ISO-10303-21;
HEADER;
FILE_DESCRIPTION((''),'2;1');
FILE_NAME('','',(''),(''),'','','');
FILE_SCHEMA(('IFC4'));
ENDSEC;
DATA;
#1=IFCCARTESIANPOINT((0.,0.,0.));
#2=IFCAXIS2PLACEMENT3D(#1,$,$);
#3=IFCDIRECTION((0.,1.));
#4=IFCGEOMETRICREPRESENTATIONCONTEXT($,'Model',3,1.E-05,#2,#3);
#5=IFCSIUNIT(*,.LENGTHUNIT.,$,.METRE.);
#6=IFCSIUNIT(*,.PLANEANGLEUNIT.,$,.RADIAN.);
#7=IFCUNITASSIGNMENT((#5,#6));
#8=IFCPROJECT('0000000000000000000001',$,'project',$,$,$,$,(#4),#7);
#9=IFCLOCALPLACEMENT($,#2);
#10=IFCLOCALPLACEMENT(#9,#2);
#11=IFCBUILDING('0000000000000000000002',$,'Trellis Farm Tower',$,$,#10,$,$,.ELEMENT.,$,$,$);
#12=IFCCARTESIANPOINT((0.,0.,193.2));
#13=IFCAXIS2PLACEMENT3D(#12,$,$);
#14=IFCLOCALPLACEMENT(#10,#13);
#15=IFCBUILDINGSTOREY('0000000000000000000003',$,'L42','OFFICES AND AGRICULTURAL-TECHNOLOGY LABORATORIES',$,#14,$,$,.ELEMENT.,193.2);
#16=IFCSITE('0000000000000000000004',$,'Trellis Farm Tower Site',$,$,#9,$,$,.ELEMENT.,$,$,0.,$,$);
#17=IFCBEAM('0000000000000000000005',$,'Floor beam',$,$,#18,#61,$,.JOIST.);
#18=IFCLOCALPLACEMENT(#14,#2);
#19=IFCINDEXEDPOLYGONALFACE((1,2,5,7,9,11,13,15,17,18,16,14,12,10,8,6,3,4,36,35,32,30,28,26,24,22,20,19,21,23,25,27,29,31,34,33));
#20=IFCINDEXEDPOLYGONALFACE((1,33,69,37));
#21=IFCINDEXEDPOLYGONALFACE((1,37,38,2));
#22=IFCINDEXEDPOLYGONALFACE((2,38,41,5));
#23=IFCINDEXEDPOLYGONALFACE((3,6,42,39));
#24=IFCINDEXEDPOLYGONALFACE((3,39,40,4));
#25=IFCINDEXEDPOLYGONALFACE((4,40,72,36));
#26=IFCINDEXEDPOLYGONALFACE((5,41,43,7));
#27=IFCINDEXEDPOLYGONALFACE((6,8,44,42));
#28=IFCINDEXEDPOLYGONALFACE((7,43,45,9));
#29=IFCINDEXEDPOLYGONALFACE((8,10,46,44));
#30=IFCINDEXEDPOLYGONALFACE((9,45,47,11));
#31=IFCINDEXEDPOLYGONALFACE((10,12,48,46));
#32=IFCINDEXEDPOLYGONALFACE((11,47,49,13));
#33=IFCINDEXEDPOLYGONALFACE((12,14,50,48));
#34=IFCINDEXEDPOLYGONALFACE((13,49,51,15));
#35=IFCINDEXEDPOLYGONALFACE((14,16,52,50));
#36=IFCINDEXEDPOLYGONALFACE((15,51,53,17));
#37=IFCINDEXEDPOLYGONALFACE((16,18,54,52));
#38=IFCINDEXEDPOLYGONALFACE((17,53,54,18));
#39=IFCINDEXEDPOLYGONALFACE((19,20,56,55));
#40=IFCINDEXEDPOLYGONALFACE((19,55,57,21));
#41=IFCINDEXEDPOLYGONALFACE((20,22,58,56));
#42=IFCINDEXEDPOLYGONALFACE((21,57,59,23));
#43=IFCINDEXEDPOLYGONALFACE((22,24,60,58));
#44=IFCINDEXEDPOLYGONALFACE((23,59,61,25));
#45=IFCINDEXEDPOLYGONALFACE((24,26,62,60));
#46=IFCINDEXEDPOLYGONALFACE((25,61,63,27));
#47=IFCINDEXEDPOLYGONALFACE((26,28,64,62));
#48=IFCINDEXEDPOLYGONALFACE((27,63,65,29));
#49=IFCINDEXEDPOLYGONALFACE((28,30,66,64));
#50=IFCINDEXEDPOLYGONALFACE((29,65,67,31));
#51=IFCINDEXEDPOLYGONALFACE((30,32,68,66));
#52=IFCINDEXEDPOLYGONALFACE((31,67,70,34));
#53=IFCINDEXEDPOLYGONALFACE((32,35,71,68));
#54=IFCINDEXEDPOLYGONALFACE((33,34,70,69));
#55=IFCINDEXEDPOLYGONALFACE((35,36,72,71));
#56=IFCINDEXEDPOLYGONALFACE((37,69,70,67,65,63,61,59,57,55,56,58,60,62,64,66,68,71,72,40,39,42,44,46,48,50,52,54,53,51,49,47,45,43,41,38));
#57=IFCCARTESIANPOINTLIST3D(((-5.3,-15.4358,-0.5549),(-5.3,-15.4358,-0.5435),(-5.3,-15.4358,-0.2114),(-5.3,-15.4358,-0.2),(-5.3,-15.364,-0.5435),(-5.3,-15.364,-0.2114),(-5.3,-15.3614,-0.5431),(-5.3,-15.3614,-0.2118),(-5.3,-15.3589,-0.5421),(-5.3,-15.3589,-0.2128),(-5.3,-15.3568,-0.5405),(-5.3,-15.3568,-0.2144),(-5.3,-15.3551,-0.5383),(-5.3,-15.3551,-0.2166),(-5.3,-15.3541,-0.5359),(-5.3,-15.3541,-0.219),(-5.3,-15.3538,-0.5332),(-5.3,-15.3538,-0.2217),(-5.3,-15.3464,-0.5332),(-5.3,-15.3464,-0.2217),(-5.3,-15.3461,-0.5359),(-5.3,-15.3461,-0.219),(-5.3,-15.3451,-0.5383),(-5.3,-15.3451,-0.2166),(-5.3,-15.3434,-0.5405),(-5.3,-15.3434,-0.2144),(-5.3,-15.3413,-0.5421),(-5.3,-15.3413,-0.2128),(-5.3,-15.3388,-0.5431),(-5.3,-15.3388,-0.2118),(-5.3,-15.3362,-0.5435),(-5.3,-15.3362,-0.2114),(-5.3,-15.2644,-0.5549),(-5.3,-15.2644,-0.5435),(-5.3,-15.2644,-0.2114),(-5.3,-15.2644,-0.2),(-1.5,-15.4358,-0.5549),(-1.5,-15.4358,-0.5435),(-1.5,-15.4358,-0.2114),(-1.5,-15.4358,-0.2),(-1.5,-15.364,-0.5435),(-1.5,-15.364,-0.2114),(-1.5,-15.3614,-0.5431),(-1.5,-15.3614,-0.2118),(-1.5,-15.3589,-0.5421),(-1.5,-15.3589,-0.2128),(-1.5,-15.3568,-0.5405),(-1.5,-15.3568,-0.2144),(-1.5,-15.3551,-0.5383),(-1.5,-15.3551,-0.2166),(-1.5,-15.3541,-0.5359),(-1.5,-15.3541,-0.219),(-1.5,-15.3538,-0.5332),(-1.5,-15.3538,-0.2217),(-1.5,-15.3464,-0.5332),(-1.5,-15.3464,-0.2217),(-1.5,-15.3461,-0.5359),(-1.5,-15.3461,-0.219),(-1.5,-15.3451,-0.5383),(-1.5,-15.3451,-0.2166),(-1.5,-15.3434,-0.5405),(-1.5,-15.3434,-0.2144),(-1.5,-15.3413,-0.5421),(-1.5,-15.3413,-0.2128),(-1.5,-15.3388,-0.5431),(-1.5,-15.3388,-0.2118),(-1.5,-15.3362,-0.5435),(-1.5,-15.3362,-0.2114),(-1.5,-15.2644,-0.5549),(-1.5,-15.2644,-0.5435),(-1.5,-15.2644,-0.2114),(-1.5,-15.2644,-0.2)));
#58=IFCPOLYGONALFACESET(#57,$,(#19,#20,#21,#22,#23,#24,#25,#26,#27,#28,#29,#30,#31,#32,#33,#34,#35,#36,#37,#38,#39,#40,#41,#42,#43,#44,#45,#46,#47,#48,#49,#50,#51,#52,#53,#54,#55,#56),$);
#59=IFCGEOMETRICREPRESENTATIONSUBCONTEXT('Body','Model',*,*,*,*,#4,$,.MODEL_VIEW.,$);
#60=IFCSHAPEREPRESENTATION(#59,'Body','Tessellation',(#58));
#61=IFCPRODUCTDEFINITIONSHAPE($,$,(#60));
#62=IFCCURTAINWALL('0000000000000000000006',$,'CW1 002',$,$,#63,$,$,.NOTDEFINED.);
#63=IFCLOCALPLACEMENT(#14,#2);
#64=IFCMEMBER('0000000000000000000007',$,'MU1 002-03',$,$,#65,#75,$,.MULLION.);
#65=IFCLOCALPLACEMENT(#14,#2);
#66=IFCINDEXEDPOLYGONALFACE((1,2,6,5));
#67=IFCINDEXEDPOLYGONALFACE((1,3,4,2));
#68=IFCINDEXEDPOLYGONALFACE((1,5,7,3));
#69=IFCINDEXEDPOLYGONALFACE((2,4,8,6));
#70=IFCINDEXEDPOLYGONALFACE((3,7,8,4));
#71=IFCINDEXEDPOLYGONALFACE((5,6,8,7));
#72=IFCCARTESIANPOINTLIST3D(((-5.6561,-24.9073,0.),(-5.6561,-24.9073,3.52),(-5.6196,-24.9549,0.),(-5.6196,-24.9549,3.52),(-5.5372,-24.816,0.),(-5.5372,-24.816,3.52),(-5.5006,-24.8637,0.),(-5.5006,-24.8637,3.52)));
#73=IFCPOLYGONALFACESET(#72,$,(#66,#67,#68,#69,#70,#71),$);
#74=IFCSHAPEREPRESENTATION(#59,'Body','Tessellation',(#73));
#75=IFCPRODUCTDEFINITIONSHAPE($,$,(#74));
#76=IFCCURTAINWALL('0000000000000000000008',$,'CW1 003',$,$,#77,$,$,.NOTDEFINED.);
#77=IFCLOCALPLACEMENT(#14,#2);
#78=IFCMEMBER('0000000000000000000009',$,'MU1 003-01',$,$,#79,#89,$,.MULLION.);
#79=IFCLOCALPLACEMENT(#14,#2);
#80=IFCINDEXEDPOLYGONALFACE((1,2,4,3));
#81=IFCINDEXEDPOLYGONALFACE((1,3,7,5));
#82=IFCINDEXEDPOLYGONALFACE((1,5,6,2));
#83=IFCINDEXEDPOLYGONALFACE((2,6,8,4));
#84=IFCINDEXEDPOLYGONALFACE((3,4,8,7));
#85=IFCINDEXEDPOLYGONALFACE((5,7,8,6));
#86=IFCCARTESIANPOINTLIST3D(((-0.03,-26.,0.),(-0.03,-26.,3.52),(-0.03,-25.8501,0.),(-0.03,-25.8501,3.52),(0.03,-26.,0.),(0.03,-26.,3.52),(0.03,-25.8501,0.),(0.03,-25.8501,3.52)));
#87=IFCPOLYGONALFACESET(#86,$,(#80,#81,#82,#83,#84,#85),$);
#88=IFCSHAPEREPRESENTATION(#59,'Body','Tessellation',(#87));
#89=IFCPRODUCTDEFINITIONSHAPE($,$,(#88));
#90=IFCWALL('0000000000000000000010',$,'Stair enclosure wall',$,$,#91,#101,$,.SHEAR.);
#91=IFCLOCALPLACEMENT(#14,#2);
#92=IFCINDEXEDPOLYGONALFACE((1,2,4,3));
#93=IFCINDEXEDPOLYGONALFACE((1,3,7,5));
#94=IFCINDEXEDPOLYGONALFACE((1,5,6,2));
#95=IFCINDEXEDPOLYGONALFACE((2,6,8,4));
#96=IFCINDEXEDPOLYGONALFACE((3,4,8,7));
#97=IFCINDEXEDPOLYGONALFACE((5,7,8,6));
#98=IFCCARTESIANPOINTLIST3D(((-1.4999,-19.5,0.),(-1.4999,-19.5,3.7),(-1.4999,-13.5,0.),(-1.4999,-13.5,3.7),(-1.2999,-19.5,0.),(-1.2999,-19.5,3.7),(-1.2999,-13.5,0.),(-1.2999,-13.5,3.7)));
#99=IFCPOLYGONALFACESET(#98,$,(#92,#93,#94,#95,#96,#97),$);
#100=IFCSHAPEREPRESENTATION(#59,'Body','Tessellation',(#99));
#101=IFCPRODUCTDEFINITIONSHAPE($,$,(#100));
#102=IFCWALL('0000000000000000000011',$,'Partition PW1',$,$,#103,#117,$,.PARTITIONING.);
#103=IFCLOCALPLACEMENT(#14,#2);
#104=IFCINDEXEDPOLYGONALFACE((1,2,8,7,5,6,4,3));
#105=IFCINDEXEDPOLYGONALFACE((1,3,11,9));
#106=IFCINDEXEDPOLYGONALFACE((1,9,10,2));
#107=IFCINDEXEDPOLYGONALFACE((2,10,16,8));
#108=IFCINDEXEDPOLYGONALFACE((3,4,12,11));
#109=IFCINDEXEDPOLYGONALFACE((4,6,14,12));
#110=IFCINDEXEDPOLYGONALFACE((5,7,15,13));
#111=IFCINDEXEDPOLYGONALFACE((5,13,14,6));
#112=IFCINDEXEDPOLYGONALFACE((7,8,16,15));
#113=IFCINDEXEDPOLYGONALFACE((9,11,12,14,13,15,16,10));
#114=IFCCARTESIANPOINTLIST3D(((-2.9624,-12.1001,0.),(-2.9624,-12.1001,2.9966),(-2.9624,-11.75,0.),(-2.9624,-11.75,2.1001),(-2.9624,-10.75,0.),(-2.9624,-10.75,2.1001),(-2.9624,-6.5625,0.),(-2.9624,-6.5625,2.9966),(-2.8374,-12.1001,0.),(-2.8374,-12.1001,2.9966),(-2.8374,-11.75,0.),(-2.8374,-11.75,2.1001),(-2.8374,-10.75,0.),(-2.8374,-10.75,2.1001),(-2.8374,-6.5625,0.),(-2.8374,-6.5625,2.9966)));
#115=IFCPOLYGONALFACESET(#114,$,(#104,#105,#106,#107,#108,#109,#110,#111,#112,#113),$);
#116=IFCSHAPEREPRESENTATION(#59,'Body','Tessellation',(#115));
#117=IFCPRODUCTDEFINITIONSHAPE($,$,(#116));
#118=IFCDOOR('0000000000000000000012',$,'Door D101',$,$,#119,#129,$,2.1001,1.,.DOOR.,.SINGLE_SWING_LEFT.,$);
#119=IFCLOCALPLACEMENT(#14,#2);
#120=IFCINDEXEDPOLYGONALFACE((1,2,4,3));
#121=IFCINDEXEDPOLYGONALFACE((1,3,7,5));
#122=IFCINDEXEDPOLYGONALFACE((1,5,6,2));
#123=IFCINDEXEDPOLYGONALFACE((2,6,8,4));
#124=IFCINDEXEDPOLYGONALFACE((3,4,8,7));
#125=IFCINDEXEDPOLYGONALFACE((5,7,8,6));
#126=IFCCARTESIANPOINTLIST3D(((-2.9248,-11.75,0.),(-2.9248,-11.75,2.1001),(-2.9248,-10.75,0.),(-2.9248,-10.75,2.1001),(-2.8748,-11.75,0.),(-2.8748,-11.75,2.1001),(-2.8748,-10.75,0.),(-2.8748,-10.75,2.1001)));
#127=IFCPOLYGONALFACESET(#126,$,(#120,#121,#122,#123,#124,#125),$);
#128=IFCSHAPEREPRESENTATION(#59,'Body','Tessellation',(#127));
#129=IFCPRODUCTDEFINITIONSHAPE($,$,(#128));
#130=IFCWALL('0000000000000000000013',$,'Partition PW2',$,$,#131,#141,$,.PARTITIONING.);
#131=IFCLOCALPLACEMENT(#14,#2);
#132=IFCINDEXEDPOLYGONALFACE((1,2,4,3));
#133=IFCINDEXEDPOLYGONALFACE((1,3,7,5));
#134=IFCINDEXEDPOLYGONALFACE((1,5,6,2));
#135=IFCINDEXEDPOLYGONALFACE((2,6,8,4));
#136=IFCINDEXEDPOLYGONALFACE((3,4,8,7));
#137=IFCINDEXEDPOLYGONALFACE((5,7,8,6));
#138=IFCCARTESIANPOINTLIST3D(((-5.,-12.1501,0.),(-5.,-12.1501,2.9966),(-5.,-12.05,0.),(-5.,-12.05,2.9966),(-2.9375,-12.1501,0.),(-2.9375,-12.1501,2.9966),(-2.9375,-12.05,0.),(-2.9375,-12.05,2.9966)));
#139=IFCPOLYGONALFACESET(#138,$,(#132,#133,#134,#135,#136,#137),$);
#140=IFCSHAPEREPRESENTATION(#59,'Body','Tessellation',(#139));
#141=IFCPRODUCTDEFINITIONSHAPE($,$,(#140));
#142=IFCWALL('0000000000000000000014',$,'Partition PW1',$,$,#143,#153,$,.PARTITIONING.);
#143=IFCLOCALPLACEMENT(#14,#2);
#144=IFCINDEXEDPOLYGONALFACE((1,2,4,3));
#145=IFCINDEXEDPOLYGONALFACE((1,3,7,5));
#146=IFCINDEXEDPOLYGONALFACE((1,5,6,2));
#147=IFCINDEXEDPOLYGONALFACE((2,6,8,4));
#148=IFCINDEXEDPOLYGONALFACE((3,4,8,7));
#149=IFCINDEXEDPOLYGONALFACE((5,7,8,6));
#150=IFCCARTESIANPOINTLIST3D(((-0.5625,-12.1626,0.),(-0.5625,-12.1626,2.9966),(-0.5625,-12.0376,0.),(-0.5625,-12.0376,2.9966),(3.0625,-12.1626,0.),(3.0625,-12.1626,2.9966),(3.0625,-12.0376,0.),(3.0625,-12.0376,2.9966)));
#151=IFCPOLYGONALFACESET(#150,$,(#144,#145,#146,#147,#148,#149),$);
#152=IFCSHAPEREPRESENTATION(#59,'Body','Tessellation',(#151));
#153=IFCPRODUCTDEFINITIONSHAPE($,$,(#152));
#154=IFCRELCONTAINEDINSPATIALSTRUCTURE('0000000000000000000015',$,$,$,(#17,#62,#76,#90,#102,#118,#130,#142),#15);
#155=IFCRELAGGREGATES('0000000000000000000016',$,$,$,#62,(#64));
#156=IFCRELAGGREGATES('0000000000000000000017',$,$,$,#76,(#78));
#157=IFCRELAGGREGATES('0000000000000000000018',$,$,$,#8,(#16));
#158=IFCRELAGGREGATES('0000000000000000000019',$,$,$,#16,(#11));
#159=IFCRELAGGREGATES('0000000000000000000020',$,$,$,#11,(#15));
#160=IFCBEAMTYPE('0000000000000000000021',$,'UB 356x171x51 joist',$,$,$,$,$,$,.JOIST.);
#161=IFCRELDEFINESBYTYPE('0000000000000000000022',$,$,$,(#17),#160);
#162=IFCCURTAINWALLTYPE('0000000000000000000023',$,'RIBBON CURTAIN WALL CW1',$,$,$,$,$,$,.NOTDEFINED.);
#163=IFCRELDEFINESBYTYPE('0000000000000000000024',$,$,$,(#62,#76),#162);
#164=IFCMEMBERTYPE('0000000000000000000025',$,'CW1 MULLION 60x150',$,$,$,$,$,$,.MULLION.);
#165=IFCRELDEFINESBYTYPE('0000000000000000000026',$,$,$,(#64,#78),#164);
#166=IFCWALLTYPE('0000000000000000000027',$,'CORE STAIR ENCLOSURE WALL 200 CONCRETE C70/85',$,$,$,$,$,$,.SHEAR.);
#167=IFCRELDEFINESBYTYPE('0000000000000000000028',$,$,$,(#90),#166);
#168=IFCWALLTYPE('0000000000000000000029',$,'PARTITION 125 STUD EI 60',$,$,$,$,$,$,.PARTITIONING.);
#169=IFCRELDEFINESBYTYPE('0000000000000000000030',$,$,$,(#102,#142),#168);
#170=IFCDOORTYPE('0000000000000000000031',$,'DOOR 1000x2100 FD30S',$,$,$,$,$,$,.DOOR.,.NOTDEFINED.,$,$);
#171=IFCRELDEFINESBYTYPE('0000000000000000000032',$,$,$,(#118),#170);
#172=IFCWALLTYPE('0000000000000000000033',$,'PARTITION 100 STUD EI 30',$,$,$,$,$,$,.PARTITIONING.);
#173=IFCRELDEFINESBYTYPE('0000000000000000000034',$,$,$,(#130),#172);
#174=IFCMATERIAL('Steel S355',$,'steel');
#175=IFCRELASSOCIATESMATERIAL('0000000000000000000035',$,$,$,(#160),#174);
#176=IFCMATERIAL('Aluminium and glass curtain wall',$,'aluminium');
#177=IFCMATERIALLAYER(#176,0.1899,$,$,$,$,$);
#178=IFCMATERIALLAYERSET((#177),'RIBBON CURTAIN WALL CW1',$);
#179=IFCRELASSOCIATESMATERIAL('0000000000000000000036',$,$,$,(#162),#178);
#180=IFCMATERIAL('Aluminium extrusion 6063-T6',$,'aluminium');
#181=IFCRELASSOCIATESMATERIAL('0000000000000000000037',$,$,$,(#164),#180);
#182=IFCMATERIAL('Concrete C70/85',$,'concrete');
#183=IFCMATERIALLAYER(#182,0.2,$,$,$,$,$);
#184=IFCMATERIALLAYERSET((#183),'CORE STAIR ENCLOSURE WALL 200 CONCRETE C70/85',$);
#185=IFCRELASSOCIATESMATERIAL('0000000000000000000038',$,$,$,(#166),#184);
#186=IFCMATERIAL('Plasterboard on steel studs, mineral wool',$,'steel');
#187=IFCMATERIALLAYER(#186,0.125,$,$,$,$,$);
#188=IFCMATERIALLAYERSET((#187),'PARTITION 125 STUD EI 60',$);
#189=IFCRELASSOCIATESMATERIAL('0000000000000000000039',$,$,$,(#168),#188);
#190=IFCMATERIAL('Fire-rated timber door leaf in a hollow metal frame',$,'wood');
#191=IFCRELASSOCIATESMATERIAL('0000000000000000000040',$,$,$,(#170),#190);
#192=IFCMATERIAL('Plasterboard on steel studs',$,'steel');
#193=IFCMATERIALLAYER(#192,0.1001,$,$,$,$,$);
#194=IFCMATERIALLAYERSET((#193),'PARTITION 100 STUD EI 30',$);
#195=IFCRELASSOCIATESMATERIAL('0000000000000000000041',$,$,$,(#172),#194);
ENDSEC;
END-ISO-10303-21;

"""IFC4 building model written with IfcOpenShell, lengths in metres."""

from ifc_helpers import new_model, si_unit, direction, frame, frame_2d, origin, origin_2d, place, context, subcontext, project, spatial, rectangle, i_section, extrude, source, transform, mapped, material, layer, layer_set, material_profile, profile_set, type_object, element, fill, aggregate, save


model = new_model("IFC4")

# Units and contexts
model_context = context("Model", 3, precision=1e-05, world=origin(), true_north=direction((0.0, 1.0)))
body_context = subcontext(model_context, "Body", "Model", "MODEL_VIEW")
ifc_project = project(units=[si_unit("LENGTHUNIT", "METRE"), si_unit("PLANEANGLEUNIT", "RADIAN")], contexts=[model_context])

# Site, building, storey
site_placement = place(None, origin())
site = spatial("IfcSite", under=ifc_project, at=site_placement, Name="Trellis Farm Tower Site", CompositionType="ELEMENT", RefElevation=0.0)
building_placement = place(site_placement, origin())
building = spatial("IfcBuilding", under=site, at=building_placement, Name="Trellis Farm Tower", CompositionType="ELEMENT")
storey_placement = place(building_placement, frame((0.0, 0.0, 193.2)))
storey = spatial("IfcBuildingStorey", under=building, at=storey_placement, Name="L42", Description="OFFICES AND AGRICULTURAL-TECHNOLOGY LABORATORIES", CompositionType="ELEMENT", Elevation=193.2)

# Shared definitions
ifc_material_1 = material(Name="Concrete C70/85", Category="concrete")

# Beam
ifc_material_2 = material(Name="Steel S355", Category="steel")
ifc_material_profile_1 = material_profile(ifc_material_2, i_section(OverallWidth=0.1714, OverallDepth=0.355, WebThickness=0.0073, FlangeThickness=0.0115, FilletRadius=0.0103, at=origin_2d()), Name="UB 356x171x51")
ifc_profile_set_1 = profile_set([ifc_material_profile_1], Name="Steel S355")
beam_type_1 = type_object("IfcBeamType", Name="UB 356x171x51 joist", PredefinedType="JOIST", material=ifc_profile_set_1)
shared_shape_1 = source(origin(), body_context, "Body", "SweptSolid", [
    extrude(i_section(OverallWidth=0.1714, OverallDepth=0.355, WebThickness=0.0073, FlangeThickness=0.0115, FilletRadius=0.0103, at=origin_2d()), origin(), (0.0, 0.0, 1.0), 3.8),
])
beam_1_placement = place(storey_placement, frame((-5.3, -15.3501, -0.3774), z_axis=(1.0, 0.0, 0.0), x_axis=(0.0, 1.0, 0.0)))
element("IfcBeam", 1, at=beam_1_placement, inside=storey, type_object=beam_type_1, Name="Floor beam", PredefinedType="JOIST", context=body_context, shape_type="MappedRepresentation", body=[
    mapped(shared_shape_1, transform((0.0, 0.0, 0.0))),
])

# Curtain walls, members
ifc_material_3 = material(Name="Aluminium and glass curtain wall", Category="aluminium")
ifc_layer_1 = layer(ifc_material_3, 0.1899)
ifc_layer_set_1 = layer_set([ifc_layer_1], Name="RIBBON CURTAIN WALL CW1")
curtain_wall_type = type_object("IfcCurtainWallType", Name="RIBBON CURTAIN WALL CW1", PredefinedType="NOTDEFINED", material=ifc_layer_set_1)
placement = place(storey_placement, origin())
curtain_wall_1 = element("IfcCurtainWall", 2, at=placement, inside=storey, type_object=curtain_wall_type, Name="CW1 002", PredefinedType="NOTDEFINED")
ifc_material_4 = material(Name="Aluminium extrusion 6063-T6", Category="aluminium")
ifc_material_profile_2 = material_profile(ifc_material_4, rectangle(XDim=0.0601, YDim=0.1499, at=origin_2d()), Name="MULLION 60x150")
ifc_profile_set_2 = profile_set([ifc_material_profile_2], Name="Aluminium extrusion 6063-T6")
member_type = type_object("IfcMemberType", Name="CW1 MULLION 60x150", PredefinedType="MULLION", material=ifc_profile_set_2)
shared_shape_2 = source(origin(), body_context, "Body", "SweptSolid", [
    extrude(rectangle(XDim=0.0601, YDim=0.1499, at=origin_2d()), origin(), (0.0, 0.0, 1.0), 3.52),
])
member_1_placement = place(storey_placement, frame((-5.5784, -24.8855, 0.0), z_axis=(0.0, 0.0, 1.0), x_axis=(0.608761, -0.793353, 0.0)))
member_1 = element("IfcMember", 3, at=member_1_placement, type_object=member_type, Name="MU1 002-03", PredefinedType="MULLION", context=body_context, shape_type="MappedRepresentation", body=[
    mapped(shared_shape_2, transform((0.0, 0.0, 0.0))),
])
aggregate(curtain_wall_1, [member_1])
curtain_wall_2 = element("IfcCurtainWall", 4, at=placement, inside=storey, type_object=curtain_wall_type, Name="CW1 003", PredefinedType="NOTDEFINED")
member_2_placement = place(storey_placement, frame((0.0, -25.925, 0.0), z_axis=(0.0, 0.0, 1.0), x_axis=(1.0, 0.0, 0.0)))
member_2 = element("IfcMember", 5, at=member_2_placement, type_object=member_type, Name="MU1 003-01", PredefinedType="MULLION", context=body_context, shape_type="MappedRepresentation", body=[
    mapped(shared_shape_2, transform((0.0, 0.0, 0.0))),
])
aggregate(curtain_wall_2, [member_2])

# Wall
ifc_layer_2 = layer(ifc_material_1, 0.2)
ifc_layer_set_2 = layer_set([ifc_layer_2], Name="CORE STAIR ENCLOSURE WALL 200 CONCRETE C70/85")
wall_type_1 = type_object("IfcWallType", Name="CORE STAIR ENCLOSURE WALL 200 CONCRETE C70/85", PredefinedType="SHEAR", material=ifc_layer_set_2)
shared_shape_3 = source(origin(), body_context, "Body", "SweptSolid", [
    extrude(rectangle(XDim=6.0, YDim=0.2, at=frame_2d((3.0, 0.0))), origin(), (0.0, 0.0, 1.0), 3.7),
])
wall_1_placement = place(storey_placement, frame((-1.3999, -13.5, 0.0), z_axis=(0.0, 0.0, 1.0), x_axis=(0.0, -1.0, 0.0)))
element("IfcWall", 6, at=wall_1_placement, inside=storey, type_object=wall_type_1, Name="Stair enclosure wall", PredefinedType="SHEAR", context=body_context, shape_type="MappedRepresentation", body=[
    mapped(shared_shape_3, transform((0.0, 0.0, 0.0))),
])

# Wall, opening, door
ifc_material_5 = material(Name="Plasterboard on steel studs, mineral wool", Category="steel")
ifc_layer_3 = layer(ifc_material_5, 0.125)
ifc_layer_set_3 = layer_set([ifc_layer_3], Name="PARTITION 125 STUD EI 60")
wall_type_2 = type_object("IfcWallType", Name="PARTITION 125 STUD EI 60", PredefinedType="PARTITIONING", material=ifc_layer_set_3)
shared_shape_4 = source(origin(), body_context, "Body", "SweptSolid", [
    extrude(rectangle(XDim=5.5376, YDim=0.125, at=frame_2d((2.7688, 0.0))), origin(), (0.0, 0.0, 1.0), 2.9966),
])
wall_2_placement = place(storey_placement, frame((-2.8999, -12.1001, 0.0), z_axis=(0.0, 0.0, 1.0), x_axis=(0.0, 1.0, 0.0)))
wall_2 = element("IfcWall", 7, at=wall_2_placement, inside=storey, type_object=wall_type_2, Name="Partition PW1", PredefinedType="PARTITIONING", context=body_context, shape_type="MappedRepresentation", body=[
    mapped(shared_shape_4, transform((0.0, 0.0, 0.0))),
])
shared_shape_5 = source(origin(), body_context, "Body", "SweptSolid", [
    extrude(rectangle(XDim=1.0, YDim=2.1001, at=frame_2d((0.5, 1.05))), frame((0.0, 0.0725, 0.0), z_axis=(0.0, -1.0, 0.0), x_axis=(1.0, 0.0, 0.0)), (0.0, 0.0, 1.0), 0.145),
])
opening_1_placement = place(wall_2_placement, frame((0.3501, 0.0, 0.0)))
opening_1 = element("IfcOpeningElement", 8, at=opening_1_placement, cuts=wall_2, PredefinedType="OPENING", context=body_context, shape_type="MappedRepresentation", body=[
    mapped(shared_shape_5, transform((0.0, 0.0, 0.0))),
])
ifc_material_6 = material(Name="Fire-rated timber door leaf in a hollow metal frame", Category="wood")
door_type_1 = type_object("IfcDoorType", Name="DOOR 1000x2100 FD30S", OperationType="NOTDEFINED", PredefinedType="DOOR", material=ifc_material_6)
shared_shape_6 = source(origin(), body_context, "Body", "SweptSolid", [
    extrude(rectangle(XDim=1.0, YDim=2.1001, at=frame_2d((0.5, 1.05))), frame((0.0, 0.0249, 0.0), z_axis=(0.0, -1.0, 0.0), x_axis=(1.0, 0.0, 0.0)), (0.0, 0.0, 1.0), 0.05),
])
door_1_placement = place(opening_1_placement, origin())
door_1 = element("IfcDoor", 9, at=door_1_placement, inside=storey, type_object=door_type_1, Name="Door D101", OperationType="SINGLE_SWING_LEFT", OverallHeight=2.1001, OverallWidth=1.0, PredefinedType="DOOR", context=body_context, shape_type="MappedRepresentation", body=[
    mapped(shared_shape_6, transform((0.0, 0.0, 0.0))),
])
fill(opening_1, door_1)

# Walls
ifc_material_7 = material(Name="Plasterboard on steel studs", Category="steel")
ifc_layer_4 = layer(ifc_material_7, 0.1001)
ifc_layer_set_4 = layer_set([ifc_layer_4], Name="PARTITION 100 STUD EI 30")
wall_type_3 = type_object("IfcWallType", Name="PARTITION 100 STUD EI 30", PredefinedType="PARTITIONING", material=ifc_layer_set_4)
shared_shape_7 = source(origin(), body_context, "Body", "SweptSolid", [
    extrude(rectangle(XDim=2.0625, YDim=0.1001, at=frame_2d((1.0312, 0.0))), origin(), (0.0, 0.0, 1.0), 2.9966),
])
wall_3_placement = place(storey_placement, frame((-5.0, -12.1001, 0.0), z_axis=(0.0, 0.0, 1.0), x_axis=(1.0, 0.0, 0.0)))
element("IfcWall", 10, at=wall_3_placement, inside=storey, type_object=wall_type_3, Name="Partition PW2", PredefinedType="PARTITIONING", context=body_context, shape_type="MappedRepresentation", body=[
    mapped(shared_shape_7, transform((0.0, 0.0, 0.0))),
])
shared_shape_8 = source(origin(), body_context, "Body", "SweptSolid", [
    extrude(rectangle(XDim=3.625, YDim=0.125, at=frame_2d((1.8125, 0.0))), origin(), (0.0, 0.0, 1.0), 2.9966),
])
wall_4_placement = place(storey_placement, frame((-0.5625, -12.1001, 0.0), z_axis=(0.0, 0.0, 1.0), x_axis=(1.0, 0.0, 0.0)))
element("IfcWall", 11, at=wall_4_placement, inside=storey, type_object=wall_type_2, Name="Partition PW1", PredefinedType="PARTITIONING", context=body_context, shape_type="MappedRepresentation", body=[
    mapped(shared_shape_8, transform((0.0, 0.0, 0.0))),
])

save(model, "model.ifc")
